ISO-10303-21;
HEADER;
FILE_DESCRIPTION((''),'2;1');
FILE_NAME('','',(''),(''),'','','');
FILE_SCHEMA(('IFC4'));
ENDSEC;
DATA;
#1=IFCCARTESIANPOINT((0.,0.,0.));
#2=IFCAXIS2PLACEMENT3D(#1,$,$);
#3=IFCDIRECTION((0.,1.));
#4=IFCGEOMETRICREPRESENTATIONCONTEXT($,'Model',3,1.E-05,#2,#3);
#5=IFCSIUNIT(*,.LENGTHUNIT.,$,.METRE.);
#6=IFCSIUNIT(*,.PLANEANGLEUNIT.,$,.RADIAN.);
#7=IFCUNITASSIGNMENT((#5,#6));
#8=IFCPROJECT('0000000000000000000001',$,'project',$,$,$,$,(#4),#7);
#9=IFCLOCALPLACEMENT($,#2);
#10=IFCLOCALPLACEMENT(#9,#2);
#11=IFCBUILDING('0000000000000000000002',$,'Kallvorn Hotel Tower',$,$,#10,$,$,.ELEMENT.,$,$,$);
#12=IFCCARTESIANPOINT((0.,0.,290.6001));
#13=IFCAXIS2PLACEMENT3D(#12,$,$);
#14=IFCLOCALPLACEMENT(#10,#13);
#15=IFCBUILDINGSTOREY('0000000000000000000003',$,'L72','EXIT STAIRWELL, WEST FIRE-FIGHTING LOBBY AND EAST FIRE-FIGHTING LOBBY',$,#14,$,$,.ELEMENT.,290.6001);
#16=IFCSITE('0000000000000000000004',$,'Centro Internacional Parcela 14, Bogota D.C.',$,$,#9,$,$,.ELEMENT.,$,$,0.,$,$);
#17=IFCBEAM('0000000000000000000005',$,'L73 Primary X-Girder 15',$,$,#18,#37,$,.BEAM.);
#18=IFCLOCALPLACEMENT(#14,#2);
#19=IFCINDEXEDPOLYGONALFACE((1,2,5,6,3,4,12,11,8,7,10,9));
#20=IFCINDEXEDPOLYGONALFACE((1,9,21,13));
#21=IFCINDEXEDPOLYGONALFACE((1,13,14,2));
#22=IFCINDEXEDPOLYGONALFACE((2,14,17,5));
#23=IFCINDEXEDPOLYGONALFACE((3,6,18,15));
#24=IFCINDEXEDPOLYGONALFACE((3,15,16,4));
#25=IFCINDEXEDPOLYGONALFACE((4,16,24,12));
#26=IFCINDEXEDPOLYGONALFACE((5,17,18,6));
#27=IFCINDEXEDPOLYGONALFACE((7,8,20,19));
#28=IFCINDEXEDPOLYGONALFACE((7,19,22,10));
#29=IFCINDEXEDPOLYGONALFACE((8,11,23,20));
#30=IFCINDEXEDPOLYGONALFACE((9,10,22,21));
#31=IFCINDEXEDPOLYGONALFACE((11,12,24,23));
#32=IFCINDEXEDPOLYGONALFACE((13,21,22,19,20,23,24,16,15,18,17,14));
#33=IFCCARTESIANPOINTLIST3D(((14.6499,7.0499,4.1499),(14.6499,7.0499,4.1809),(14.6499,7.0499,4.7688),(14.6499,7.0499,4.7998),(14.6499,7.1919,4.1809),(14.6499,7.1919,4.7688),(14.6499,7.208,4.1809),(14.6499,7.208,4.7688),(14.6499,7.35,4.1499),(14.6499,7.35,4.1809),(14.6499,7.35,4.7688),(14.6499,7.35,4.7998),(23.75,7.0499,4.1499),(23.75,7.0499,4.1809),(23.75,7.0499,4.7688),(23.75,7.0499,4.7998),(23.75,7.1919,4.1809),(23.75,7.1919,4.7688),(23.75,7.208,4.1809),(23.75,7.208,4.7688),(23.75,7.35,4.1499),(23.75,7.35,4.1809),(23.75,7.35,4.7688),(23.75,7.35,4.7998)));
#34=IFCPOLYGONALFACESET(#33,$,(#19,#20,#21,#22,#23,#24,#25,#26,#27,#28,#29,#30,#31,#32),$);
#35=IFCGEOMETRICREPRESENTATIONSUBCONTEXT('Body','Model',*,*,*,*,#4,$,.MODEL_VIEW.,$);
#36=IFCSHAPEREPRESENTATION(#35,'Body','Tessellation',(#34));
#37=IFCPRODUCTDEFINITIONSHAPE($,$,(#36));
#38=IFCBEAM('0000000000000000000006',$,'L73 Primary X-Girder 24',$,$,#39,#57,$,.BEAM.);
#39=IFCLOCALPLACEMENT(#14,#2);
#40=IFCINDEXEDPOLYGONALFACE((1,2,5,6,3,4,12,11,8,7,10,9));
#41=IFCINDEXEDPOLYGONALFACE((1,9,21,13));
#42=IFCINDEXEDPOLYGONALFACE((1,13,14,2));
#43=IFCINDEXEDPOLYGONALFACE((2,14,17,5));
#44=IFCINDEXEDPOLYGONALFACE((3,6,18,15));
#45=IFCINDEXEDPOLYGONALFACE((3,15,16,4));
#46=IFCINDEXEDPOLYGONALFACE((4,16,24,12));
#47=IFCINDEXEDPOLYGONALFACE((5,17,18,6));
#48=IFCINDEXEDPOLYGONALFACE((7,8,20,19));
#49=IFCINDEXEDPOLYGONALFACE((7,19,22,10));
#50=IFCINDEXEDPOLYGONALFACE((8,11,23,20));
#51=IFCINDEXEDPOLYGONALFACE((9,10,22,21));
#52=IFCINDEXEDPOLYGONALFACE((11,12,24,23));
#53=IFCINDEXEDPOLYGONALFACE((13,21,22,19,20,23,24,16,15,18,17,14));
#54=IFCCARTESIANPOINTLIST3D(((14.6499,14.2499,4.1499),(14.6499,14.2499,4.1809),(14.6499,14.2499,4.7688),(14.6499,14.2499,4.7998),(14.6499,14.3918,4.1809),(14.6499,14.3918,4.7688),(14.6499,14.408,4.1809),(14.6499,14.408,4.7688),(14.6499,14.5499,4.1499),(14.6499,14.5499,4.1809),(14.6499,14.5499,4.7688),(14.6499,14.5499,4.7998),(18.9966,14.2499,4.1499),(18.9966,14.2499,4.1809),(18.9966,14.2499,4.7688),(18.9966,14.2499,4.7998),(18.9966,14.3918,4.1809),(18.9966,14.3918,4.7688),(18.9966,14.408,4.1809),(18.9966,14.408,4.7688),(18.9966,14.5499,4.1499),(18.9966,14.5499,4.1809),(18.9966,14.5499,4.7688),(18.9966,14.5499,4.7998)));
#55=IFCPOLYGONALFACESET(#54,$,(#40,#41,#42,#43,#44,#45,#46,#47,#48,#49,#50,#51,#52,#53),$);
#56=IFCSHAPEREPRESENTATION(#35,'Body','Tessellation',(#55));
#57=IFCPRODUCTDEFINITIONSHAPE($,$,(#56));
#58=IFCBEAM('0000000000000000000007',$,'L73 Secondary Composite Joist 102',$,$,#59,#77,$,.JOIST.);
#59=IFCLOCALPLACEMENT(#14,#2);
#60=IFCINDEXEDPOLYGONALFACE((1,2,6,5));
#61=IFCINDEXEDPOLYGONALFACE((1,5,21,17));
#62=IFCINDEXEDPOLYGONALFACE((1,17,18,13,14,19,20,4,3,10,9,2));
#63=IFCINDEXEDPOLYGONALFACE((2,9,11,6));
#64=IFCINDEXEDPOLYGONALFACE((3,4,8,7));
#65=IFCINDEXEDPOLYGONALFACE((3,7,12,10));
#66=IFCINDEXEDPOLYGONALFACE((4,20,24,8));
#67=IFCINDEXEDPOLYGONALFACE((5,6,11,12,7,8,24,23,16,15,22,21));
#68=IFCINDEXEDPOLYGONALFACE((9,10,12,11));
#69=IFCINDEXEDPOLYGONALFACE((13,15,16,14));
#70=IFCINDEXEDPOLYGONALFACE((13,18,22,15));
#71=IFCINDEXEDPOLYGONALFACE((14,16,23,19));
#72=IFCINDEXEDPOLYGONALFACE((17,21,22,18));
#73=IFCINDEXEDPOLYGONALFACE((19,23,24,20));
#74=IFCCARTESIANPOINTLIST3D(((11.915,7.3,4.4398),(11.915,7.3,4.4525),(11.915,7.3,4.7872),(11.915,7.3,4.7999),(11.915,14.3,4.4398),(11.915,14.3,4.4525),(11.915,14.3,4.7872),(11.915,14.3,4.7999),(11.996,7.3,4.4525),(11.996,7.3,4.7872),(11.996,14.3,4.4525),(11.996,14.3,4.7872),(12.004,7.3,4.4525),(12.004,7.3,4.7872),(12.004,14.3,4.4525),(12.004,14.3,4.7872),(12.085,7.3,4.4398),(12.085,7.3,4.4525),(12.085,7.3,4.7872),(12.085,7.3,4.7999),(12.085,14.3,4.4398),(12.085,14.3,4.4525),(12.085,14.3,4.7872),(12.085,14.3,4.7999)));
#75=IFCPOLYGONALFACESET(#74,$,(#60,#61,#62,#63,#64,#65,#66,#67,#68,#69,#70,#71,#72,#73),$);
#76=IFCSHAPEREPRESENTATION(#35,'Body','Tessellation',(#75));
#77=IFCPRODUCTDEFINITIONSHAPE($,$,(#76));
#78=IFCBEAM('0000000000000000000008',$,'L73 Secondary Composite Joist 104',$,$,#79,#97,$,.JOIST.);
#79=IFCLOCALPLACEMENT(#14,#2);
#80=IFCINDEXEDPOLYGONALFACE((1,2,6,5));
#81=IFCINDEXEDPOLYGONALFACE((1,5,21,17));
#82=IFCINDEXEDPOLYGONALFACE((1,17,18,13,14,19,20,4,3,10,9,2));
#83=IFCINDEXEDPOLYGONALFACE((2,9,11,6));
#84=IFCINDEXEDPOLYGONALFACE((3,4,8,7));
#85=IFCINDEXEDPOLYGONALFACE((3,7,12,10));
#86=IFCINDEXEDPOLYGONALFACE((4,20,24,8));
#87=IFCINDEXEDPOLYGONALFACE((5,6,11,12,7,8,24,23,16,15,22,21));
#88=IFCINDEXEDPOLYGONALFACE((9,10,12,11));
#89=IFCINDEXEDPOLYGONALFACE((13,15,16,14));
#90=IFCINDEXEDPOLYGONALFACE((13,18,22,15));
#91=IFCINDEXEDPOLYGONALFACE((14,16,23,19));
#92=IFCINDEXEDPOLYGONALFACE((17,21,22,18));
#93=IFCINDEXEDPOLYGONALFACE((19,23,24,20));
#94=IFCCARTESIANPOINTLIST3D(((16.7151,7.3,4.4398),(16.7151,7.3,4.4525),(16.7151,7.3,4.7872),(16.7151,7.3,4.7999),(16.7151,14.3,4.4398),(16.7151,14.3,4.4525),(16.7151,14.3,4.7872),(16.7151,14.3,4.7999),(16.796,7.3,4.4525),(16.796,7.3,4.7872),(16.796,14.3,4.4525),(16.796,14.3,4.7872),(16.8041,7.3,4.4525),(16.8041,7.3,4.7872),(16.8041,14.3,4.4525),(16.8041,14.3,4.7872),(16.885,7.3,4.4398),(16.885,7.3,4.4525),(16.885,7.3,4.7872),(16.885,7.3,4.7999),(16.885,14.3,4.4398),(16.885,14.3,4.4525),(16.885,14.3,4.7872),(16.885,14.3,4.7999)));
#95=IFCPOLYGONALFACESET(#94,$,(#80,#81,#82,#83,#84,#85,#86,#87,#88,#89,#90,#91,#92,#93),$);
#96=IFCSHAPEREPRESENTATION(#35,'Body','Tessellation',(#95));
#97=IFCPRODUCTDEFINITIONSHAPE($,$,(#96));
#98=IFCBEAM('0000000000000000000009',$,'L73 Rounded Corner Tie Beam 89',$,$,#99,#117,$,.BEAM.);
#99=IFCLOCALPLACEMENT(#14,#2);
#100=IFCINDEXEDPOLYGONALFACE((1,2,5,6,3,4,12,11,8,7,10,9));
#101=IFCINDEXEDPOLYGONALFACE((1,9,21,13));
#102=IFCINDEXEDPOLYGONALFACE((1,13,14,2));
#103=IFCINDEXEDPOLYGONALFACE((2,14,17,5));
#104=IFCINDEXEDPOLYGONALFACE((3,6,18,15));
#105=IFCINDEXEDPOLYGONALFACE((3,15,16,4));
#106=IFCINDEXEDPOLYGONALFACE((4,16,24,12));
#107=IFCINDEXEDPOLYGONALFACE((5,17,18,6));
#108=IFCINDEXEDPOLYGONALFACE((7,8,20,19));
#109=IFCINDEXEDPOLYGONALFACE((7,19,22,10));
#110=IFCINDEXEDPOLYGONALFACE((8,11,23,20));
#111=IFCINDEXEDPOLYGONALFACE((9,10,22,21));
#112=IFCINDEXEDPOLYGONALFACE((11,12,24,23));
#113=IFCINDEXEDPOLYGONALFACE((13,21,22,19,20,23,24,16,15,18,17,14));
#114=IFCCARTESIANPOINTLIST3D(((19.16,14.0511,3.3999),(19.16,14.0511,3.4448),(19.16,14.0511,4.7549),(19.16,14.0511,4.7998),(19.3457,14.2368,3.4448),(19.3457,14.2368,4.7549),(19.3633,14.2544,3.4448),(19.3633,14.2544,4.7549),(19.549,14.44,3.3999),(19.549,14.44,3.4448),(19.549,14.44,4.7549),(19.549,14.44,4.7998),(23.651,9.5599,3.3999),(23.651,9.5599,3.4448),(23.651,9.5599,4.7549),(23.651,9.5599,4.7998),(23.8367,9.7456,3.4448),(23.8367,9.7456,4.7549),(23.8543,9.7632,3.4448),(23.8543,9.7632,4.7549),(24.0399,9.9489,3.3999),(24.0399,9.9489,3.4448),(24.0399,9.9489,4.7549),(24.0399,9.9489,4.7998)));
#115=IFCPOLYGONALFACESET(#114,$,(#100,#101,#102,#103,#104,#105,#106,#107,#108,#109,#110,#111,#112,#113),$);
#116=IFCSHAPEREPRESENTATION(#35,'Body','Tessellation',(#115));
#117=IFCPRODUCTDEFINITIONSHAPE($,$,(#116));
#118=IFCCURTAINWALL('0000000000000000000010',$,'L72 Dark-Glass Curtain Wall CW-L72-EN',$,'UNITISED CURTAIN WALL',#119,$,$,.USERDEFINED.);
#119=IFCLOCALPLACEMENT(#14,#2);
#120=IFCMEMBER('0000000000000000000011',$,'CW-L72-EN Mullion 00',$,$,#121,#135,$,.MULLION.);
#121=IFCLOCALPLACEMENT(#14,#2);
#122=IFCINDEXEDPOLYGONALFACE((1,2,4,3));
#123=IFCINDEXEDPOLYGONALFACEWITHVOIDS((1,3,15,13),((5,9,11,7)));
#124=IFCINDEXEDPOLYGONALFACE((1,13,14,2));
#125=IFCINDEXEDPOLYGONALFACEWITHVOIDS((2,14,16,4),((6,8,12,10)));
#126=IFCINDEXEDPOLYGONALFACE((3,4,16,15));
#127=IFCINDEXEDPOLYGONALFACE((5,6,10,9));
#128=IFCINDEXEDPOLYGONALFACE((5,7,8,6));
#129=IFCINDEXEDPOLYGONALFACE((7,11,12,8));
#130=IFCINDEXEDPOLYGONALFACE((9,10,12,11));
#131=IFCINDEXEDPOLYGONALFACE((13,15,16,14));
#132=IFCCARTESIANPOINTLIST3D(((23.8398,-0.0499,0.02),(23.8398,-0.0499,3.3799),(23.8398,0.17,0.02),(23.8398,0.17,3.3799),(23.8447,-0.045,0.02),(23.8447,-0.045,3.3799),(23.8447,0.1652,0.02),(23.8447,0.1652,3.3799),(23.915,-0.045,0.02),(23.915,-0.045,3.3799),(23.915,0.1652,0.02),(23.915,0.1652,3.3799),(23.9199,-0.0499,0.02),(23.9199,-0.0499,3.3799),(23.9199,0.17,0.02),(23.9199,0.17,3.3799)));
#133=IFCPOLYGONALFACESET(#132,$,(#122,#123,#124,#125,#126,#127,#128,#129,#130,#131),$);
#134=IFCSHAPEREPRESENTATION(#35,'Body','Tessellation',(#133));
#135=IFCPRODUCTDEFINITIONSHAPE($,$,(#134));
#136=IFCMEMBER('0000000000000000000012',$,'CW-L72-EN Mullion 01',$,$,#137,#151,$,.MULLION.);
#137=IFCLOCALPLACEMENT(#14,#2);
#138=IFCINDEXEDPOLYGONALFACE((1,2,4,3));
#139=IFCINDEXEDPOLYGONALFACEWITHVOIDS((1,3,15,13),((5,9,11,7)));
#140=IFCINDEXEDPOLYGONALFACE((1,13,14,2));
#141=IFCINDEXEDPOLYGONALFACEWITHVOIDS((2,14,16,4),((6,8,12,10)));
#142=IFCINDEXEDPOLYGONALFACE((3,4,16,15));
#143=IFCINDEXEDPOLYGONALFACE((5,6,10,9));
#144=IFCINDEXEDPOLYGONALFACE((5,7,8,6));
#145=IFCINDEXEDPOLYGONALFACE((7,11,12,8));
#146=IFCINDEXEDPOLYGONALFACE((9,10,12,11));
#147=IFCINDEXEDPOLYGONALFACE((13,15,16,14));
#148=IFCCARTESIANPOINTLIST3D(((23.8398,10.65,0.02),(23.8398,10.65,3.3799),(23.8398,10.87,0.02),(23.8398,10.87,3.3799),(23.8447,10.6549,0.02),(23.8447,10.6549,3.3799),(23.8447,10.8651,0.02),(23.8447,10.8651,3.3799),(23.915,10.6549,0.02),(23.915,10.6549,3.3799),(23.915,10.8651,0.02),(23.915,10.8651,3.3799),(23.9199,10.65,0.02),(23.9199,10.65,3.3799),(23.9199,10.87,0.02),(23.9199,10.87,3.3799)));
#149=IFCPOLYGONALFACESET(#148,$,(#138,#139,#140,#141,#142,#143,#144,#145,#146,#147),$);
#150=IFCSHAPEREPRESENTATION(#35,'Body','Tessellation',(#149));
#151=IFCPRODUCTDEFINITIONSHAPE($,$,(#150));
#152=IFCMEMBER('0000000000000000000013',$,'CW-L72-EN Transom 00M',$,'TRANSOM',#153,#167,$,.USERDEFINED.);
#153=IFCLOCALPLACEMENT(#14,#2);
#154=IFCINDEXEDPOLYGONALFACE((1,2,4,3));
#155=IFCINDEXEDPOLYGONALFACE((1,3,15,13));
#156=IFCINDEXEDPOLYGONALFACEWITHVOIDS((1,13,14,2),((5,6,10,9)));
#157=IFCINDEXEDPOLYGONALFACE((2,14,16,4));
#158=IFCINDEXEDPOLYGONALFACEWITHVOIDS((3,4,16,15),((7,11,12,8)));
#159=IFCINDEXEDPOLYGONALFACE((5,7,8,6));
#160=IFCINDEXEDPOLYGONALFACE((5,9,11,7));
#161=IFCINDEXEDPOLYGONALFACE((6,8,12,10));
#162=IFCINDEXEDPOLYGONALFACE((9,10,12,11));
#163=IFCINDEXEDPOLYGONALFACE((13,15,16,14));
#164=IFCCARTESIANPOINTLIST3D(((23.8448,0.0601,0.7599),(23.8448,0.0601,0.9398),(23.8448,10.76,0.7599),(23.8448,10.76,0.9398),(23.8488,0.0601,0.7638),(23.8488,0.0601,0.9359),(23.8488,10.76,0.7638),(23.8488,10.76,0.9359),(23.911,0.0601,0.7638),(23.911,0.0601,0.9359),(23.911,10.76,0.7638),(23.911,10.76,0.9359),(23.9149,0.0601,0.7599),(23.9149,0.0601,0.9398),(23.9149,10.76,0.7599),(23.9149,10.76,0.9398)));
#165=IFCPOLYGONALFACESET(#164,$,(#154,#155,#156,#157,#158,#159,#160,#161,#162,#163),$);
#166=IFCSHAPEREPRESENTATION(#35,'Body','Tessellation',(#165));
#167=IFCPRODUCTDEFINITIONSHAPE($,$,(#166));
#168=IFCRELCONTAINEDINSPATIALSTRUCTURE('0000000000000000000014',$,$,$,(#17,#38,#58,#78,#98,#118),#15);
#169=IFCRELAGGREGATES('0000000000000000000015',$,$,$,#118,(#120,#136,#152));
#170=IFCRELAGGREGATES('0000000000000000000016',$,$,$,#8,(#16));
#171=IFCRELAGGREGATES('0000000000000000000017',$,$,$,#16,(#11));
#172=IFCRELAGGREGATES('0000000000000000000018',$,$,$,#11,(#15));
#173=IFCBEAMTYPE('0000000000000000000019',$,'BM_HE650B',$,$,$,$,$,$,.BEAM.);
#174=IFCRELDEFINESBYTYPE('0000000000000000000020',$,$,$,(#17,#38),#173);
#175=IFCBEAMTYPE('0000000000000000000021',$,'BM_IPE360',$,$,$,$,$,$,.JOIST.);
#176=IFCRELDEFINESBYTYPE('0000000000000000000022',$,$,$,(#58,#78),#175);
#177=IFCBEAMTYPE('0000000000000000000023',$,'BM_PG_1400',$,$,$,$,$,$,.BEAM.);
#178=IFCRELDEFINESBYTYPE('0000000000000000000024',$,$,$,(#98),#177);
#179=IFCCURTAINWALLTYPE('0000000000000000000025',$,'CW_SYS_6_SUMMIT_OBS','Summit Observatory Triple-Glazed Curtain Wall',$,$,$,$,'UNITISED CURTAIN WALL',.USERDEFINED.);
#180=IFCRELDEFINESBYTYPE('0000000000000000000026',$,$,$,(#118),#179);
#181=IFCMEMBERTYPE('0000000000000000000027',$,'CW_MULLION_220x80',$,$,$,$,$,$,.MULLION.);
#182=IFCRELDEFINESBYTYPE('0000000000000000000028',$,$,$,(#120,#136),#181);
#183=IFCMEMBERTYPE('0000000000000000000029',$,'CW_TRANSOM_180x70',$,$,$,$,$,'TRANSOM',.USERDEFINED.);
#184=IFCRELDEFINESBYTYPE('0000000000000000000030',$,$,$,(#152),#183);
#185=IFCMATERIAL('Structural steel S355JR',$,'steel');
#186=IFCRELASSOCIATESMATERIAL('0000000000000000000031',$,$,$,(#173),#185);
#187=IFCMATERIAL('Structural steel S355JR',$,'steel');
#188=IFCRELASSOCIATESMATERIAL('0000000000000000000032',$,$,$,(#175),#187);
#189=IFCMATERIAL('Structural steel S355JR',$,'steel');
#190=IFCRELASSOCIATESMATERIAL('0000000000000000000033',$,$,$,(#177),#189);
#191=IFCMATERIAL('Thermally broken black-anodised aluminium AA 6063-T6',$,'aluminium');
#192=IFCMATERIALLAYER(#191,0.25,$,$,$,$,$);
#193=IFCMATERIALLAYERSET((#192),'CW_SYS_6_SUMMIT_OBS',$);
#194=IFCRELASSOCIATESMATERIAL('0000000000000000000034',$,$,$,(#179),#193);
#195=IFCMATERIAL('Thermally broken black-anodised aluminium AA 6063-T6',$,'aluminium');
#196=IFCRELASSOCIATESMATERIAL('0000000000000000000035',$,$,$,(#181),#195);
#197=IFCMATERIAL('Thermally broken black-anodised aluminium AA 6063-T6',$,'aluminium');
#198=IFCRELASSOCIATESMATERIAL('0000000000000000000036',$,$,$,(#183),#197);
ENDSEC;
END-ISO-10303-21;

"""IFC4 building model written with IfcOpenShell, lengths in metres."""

from ifc_helpers import new_model, si_unit, direction, frame, origin, origin_2d, place, context, subcontext, project, spatial, hollow_rectangle, i_section, extrude, material, layer, layer_set, material_profile, profile_set, type_object, element, aggregate, save


model = new_model("IFC4")

# Units and contexts
model_context = context("Model", 3, precision=1e-05, world=origin(), true_north=direction((0.0, 1.0)))
body_context = subcontext(model_context, "Body", "Model", "MODEL_VIEW")
ifc_project = project(units=[si_unit("LENGTHUNIT", "METRE"), si_unit("PLANEANGLEUNIT", "RADIAN")], contexts=[model_context])

# Site, building, storey
site_placement = place(None, origin())
site = spatial("IfcSite", under=ifc_project, at=site_placement, Name="Centro Internacional Parcela 14, Bogota D.C.", CompositionType="ELEMENT", RefElevation=0.0)
building_placement = place(site_placement, origin())
building = spatial("IfcBuilding", under=site, at=building_placement, Name="Kallvorn Hotel Tower", CompositionType="ELEMENT")
storey_placement = place(building_placement, frame((0.0, 0.0, 290.6001)))
storey = spatial("IfcBuildingStorey", under=building, at=storey_placement, Name="L72", Description="EXIT STAIRWELL, WEST FIRE-FIGHTING LOBBY AND EAST FIRE-FIGHTING LOBBY", CompositionType="ELEMENT", Elevation=290.6001)

# Beams
ifc_material_1 = material(Name="Structural steel S355JR", Category="steel")
ifc_material_profile_1 = material_profile(ifc_material_1, i_section(OverallWidth=0.3, OverallDepth=0.6499, WebThickness=0.0161, FlangeThickness=0.031, at=origin_2d()), Name="HE 650 B")
ifc_profile_set_1 = profile_set([ifc_material_profile_1], Name="Structural steel S355JR")
beam_type_1 = type_object("IfcBeamType", Name="BM_HE650B", PredefinedType="BEAM", material=ifc_profile_set_1)
beam_1_placement = place(storey_placement, frame((14.6499, 7.2, 4.4749), z_axis=(1.0, 0.0, 0.0), x_axis=(0.0, 1.0, 0.0)))
element("IfcBeam", 1, at=beam_1_placement, inside=storey, type_object=beam_type_1, Name="L73 Primary X-Girder 15", PredefinedType="BEAM", context=body_context, shape_type="SweptSolid", body=[
    extrude(i_section(OverallWidth=0.3, OverallDepth=0.6499, WebThickness=0.0161, FlangeThickness=0.031, at=origin_2d()), origin(), (0.0, 0.0, 1.0), 9.1001),
])
beam_2_placement = place(storey_placement, frame((14.6499, 14.3999, 4.4749), z_axis=(1.0, 0.0, 0.0), x_axis=(0.0, 1.0, 0.0)))
element("IfcBeam", 2, at=beam_2_placement, inside=storey, type_object=beam_type_1, Name="L73 Primary X-Girder 24", PredefinedType="BEAM", context=body_context, shape_type="SweptSolid", body=[
    extrude(i_section(OverallWidth=0.3, OverallDepth=0.6499, WebThickness=0.0161, FlangeThickness=0.031, at=origin_2d()), origin(), (0.0, 0.0, 1.0), 4.3467),
])
ifc_material_2 = material(Name="Structural steel S355JR", Category="steel")
ifc_material_profile_2 = material_profile(ifc_material_2, i_section(OverallWidth=0.1699, OverallDepth=0.3601, WebThickness=0.0081, FlangeThickness=0.0127, at=origin_2d()), Name="IPE 360")
ifc_profile_set_2 = profile_set([ifc_material_profile_2], Name="Structural steel S355JR")
beam_type_2 = type_object("IfcBeamType", Name="BM_IPE360", PredefinedType="JOIST", material=ifc_profile_set_2)
for number, where, z_axis, x_axis, name in (
    (3, (12.0, 7.3, 4.6199), (0.0, 1.0, 0.0), (-1.0, 0.0, 0.0), "L73 Secondary Composite Joist 102"),
    (4, (16.8, 7.3, 4.6199), (0.0, 1.0, 0.0), (-1.0, 0.0, 0.0), "L73 Secondary Composite Joist 104"),
):
    element("IfcBeam", number, at=place(storey_placement, frame(where, z_axis=z_axis, x_axis=x_axis)), inside=storey, type_object=beam_type_2, Name=name, PredefinedType="JOIST", context=body_context, shape_type="SweptSolid", body=[
        extrude(i_section(OverallWidth=0.1699, OverallDepth=0.3601, WebThickness=0.0081, FlangeThickness=0.0127, at=origin_2d()), origin(), (0.0, 0.0, 1.0), 7.0),
    ])
ifc_material_3 = material(Name="Structural steel S355JR", Category="steel")
ifc_material_profile_3 = material_profile(ifc_material_3, i_section(OverallWidth=0.55, OverallDepth=1.3999, WebThickness=0.0249, FlangeThickness=0.0449, at=origin_2d()), Name="PG 1400x550x25x45")
ifc_profile_set_3 = profile_set([ifc_material_profile_3], Name="Structural steel S355JR")
beam_type_3 = type_object("IfcBeamType", Name="BM_PG_1400", PredefinedType="BEAM", material=ifc_profile_set_3)
beam_3_placement = place(storey_placement, frame((23.8455, 9.7544, 4.0999), z_axis=(-0.707088, 0.707126, 0.0), x_axis=(-0.707126, -0.707088, 0.0)))
element("IfcBeam", 5, at=beam_3_placement, inside=storey, type_object=beam_type_3, Name="L73 Rounded Corner Tie Beam 89", PredefinedType="BEAM", context=body_context, shape_type="SweptSolid", body=[
    extrude(i_section(OverallWidth=0.55, OverallDepth=1.3999, WebThickness=0.0249, FlangeThickness=0.0449, at=origin_2d()), origin(), (0.0, 0.0, 1.0), 6.3513),
])

# Curtain wall, members
ifc_material_4 = material(Name="Thermally broken black-anodised aluminium AA 6063-T6", Category="aluminium")
ifc_layer_1 = layer(ifc_material_4, 0.25)
ifc_layer_set_1 = layer_set([ifc_layer_1], Name="CW_SYS_6_SUMMIT_OBS")
curtain_wall_type = type_object("IfcCurtainWallType", Name="CW_SYS_6_SUMMIT_OBS", Description="Summit Observatory Triple-Glazed Curtain Wall", ElementType="UNITISED CURTAIN WALL", PredefinedType="USERDEFINED", material=ifc_layer_set_1)
curtain_wall_placement = place(storey_placement, origin())
curtain_wall = element("IfcCurtainWall", 6, at=curtain_wall_placement, inside=storey, type_object=curtain_wall_type, Name="L72 Dark-Glass Curtain Wall CW-L72-EN", ObjectType="UNITISED CURTAIN WALL", PredefinedType="USERDEFINED")
ifc_material_5 = material(Name="Thermally broken black-anodised aluminium AA 6063-T6", Category="aluminium")
ifc_material_profile_4 = material_profile(ifc_material_5, hollow_rectangle(XDim=0.0801, YDim=0.22, WallThickness=0.0049, at=origin_2d()), Name="MUL 220x80")
ifc_profile_set_4 = profile_set([ifc_material_profile_4], Name="Thermally broken black-anodised aluminium AA 6063-T6")
member_type_1 = type_object("IfcMemberType", Name="CW_MULLION_220x80", PredefinedType="MULLION", material=ifc_profile_set_4)
member_1_placement = place(storey_placement, frame((23.8799, 0.0601, 0.02), z_axis=(0.0, 0.0, 1.0), x_axis=(1.0, 0.0, 0.0)))
member_1 = element("IfcMember", 7, at=member_1_placement, type_object=member_type_1, Name="CW-L72-EN Mullion 00", PredefinedType="MULLION", context=body_context, shape_type="SweptSolid", body=[
    extrude(hollow_rectangle(XDim=0.0801, YDim=0.22, WallThickness=0.0049, at=origin_2d()), origin(), (0.0, 0.0, 1.0), 3.3599),
])
member_2_placement = place(storey_placement, frame((23.8799, 10.76, 0.02), z_axis=(0.0, 0.0, 1.0), x_axis=(1.0, 0.0, 0.0)))
member_2 = element("IfcMember", 8, at=member_2_placement, type_object=member_type_1, Name="CW-L72-EN Mullion 01", PredefinedType="MULLION", context=body_context, shape_type="SweptSolid", body=[
    extrude(hollow_rectangle(XDim=0.0801, YDim=0.22, WallThickness=0.0049, at=origin_2d()), origin(), (0.0, 0.0, 1.0), 3.3599),
])
ifc_material_6 = material(Name="Thermally broken black-anodised aluminium AA 6063-T6", Category="aluminium")
ifc_material_profile_5 = material_profile(ifc_material_6, hollow_rectangle(XDim=0.0701, YDim=0.1799, WallThickness=0.0039, at=origin_2d()), Name="TRN 180x70")
ifc_profile_set_5 = profile_set([ifc_material_profile_5], Name="Thermally broken black-anodised aluminium AA 6063-T6")
member_type_2 = type_object("IfcMemberType", Name="CW_TRANSOM_180x70", ElementType="TRANSOM", PredefinedType="USERDEFINED", material=ifc_profile_set_5)
member_3_placement = place(storey_placement, frame((23.8799, 0.0601, 0.8499), z_axis=(0.0, 1.0, 0.0), x_axis=(-1.0, 0.0, 0.0)))
member_3 = element("IfcMember", 9, at=member_3_placement, type_object=member_type_2, Name="CW-L72-EN Transom 00M", ObjectType="TRANSOM", PredefinedType="USERDEFINED", context=body_context, shape_type="SweptSolid", body=[
    extrude(hollow_rectangle(XDim=0.0701, YDim=0.1799, WallThickness=0.0039, at=origin_2d()), origin(), (0.0, 0.0, 1.0), 10.7),
])

aggregate(curtain_wall, [member_1, member_2, member_3])

save(model, "model.ifc")
